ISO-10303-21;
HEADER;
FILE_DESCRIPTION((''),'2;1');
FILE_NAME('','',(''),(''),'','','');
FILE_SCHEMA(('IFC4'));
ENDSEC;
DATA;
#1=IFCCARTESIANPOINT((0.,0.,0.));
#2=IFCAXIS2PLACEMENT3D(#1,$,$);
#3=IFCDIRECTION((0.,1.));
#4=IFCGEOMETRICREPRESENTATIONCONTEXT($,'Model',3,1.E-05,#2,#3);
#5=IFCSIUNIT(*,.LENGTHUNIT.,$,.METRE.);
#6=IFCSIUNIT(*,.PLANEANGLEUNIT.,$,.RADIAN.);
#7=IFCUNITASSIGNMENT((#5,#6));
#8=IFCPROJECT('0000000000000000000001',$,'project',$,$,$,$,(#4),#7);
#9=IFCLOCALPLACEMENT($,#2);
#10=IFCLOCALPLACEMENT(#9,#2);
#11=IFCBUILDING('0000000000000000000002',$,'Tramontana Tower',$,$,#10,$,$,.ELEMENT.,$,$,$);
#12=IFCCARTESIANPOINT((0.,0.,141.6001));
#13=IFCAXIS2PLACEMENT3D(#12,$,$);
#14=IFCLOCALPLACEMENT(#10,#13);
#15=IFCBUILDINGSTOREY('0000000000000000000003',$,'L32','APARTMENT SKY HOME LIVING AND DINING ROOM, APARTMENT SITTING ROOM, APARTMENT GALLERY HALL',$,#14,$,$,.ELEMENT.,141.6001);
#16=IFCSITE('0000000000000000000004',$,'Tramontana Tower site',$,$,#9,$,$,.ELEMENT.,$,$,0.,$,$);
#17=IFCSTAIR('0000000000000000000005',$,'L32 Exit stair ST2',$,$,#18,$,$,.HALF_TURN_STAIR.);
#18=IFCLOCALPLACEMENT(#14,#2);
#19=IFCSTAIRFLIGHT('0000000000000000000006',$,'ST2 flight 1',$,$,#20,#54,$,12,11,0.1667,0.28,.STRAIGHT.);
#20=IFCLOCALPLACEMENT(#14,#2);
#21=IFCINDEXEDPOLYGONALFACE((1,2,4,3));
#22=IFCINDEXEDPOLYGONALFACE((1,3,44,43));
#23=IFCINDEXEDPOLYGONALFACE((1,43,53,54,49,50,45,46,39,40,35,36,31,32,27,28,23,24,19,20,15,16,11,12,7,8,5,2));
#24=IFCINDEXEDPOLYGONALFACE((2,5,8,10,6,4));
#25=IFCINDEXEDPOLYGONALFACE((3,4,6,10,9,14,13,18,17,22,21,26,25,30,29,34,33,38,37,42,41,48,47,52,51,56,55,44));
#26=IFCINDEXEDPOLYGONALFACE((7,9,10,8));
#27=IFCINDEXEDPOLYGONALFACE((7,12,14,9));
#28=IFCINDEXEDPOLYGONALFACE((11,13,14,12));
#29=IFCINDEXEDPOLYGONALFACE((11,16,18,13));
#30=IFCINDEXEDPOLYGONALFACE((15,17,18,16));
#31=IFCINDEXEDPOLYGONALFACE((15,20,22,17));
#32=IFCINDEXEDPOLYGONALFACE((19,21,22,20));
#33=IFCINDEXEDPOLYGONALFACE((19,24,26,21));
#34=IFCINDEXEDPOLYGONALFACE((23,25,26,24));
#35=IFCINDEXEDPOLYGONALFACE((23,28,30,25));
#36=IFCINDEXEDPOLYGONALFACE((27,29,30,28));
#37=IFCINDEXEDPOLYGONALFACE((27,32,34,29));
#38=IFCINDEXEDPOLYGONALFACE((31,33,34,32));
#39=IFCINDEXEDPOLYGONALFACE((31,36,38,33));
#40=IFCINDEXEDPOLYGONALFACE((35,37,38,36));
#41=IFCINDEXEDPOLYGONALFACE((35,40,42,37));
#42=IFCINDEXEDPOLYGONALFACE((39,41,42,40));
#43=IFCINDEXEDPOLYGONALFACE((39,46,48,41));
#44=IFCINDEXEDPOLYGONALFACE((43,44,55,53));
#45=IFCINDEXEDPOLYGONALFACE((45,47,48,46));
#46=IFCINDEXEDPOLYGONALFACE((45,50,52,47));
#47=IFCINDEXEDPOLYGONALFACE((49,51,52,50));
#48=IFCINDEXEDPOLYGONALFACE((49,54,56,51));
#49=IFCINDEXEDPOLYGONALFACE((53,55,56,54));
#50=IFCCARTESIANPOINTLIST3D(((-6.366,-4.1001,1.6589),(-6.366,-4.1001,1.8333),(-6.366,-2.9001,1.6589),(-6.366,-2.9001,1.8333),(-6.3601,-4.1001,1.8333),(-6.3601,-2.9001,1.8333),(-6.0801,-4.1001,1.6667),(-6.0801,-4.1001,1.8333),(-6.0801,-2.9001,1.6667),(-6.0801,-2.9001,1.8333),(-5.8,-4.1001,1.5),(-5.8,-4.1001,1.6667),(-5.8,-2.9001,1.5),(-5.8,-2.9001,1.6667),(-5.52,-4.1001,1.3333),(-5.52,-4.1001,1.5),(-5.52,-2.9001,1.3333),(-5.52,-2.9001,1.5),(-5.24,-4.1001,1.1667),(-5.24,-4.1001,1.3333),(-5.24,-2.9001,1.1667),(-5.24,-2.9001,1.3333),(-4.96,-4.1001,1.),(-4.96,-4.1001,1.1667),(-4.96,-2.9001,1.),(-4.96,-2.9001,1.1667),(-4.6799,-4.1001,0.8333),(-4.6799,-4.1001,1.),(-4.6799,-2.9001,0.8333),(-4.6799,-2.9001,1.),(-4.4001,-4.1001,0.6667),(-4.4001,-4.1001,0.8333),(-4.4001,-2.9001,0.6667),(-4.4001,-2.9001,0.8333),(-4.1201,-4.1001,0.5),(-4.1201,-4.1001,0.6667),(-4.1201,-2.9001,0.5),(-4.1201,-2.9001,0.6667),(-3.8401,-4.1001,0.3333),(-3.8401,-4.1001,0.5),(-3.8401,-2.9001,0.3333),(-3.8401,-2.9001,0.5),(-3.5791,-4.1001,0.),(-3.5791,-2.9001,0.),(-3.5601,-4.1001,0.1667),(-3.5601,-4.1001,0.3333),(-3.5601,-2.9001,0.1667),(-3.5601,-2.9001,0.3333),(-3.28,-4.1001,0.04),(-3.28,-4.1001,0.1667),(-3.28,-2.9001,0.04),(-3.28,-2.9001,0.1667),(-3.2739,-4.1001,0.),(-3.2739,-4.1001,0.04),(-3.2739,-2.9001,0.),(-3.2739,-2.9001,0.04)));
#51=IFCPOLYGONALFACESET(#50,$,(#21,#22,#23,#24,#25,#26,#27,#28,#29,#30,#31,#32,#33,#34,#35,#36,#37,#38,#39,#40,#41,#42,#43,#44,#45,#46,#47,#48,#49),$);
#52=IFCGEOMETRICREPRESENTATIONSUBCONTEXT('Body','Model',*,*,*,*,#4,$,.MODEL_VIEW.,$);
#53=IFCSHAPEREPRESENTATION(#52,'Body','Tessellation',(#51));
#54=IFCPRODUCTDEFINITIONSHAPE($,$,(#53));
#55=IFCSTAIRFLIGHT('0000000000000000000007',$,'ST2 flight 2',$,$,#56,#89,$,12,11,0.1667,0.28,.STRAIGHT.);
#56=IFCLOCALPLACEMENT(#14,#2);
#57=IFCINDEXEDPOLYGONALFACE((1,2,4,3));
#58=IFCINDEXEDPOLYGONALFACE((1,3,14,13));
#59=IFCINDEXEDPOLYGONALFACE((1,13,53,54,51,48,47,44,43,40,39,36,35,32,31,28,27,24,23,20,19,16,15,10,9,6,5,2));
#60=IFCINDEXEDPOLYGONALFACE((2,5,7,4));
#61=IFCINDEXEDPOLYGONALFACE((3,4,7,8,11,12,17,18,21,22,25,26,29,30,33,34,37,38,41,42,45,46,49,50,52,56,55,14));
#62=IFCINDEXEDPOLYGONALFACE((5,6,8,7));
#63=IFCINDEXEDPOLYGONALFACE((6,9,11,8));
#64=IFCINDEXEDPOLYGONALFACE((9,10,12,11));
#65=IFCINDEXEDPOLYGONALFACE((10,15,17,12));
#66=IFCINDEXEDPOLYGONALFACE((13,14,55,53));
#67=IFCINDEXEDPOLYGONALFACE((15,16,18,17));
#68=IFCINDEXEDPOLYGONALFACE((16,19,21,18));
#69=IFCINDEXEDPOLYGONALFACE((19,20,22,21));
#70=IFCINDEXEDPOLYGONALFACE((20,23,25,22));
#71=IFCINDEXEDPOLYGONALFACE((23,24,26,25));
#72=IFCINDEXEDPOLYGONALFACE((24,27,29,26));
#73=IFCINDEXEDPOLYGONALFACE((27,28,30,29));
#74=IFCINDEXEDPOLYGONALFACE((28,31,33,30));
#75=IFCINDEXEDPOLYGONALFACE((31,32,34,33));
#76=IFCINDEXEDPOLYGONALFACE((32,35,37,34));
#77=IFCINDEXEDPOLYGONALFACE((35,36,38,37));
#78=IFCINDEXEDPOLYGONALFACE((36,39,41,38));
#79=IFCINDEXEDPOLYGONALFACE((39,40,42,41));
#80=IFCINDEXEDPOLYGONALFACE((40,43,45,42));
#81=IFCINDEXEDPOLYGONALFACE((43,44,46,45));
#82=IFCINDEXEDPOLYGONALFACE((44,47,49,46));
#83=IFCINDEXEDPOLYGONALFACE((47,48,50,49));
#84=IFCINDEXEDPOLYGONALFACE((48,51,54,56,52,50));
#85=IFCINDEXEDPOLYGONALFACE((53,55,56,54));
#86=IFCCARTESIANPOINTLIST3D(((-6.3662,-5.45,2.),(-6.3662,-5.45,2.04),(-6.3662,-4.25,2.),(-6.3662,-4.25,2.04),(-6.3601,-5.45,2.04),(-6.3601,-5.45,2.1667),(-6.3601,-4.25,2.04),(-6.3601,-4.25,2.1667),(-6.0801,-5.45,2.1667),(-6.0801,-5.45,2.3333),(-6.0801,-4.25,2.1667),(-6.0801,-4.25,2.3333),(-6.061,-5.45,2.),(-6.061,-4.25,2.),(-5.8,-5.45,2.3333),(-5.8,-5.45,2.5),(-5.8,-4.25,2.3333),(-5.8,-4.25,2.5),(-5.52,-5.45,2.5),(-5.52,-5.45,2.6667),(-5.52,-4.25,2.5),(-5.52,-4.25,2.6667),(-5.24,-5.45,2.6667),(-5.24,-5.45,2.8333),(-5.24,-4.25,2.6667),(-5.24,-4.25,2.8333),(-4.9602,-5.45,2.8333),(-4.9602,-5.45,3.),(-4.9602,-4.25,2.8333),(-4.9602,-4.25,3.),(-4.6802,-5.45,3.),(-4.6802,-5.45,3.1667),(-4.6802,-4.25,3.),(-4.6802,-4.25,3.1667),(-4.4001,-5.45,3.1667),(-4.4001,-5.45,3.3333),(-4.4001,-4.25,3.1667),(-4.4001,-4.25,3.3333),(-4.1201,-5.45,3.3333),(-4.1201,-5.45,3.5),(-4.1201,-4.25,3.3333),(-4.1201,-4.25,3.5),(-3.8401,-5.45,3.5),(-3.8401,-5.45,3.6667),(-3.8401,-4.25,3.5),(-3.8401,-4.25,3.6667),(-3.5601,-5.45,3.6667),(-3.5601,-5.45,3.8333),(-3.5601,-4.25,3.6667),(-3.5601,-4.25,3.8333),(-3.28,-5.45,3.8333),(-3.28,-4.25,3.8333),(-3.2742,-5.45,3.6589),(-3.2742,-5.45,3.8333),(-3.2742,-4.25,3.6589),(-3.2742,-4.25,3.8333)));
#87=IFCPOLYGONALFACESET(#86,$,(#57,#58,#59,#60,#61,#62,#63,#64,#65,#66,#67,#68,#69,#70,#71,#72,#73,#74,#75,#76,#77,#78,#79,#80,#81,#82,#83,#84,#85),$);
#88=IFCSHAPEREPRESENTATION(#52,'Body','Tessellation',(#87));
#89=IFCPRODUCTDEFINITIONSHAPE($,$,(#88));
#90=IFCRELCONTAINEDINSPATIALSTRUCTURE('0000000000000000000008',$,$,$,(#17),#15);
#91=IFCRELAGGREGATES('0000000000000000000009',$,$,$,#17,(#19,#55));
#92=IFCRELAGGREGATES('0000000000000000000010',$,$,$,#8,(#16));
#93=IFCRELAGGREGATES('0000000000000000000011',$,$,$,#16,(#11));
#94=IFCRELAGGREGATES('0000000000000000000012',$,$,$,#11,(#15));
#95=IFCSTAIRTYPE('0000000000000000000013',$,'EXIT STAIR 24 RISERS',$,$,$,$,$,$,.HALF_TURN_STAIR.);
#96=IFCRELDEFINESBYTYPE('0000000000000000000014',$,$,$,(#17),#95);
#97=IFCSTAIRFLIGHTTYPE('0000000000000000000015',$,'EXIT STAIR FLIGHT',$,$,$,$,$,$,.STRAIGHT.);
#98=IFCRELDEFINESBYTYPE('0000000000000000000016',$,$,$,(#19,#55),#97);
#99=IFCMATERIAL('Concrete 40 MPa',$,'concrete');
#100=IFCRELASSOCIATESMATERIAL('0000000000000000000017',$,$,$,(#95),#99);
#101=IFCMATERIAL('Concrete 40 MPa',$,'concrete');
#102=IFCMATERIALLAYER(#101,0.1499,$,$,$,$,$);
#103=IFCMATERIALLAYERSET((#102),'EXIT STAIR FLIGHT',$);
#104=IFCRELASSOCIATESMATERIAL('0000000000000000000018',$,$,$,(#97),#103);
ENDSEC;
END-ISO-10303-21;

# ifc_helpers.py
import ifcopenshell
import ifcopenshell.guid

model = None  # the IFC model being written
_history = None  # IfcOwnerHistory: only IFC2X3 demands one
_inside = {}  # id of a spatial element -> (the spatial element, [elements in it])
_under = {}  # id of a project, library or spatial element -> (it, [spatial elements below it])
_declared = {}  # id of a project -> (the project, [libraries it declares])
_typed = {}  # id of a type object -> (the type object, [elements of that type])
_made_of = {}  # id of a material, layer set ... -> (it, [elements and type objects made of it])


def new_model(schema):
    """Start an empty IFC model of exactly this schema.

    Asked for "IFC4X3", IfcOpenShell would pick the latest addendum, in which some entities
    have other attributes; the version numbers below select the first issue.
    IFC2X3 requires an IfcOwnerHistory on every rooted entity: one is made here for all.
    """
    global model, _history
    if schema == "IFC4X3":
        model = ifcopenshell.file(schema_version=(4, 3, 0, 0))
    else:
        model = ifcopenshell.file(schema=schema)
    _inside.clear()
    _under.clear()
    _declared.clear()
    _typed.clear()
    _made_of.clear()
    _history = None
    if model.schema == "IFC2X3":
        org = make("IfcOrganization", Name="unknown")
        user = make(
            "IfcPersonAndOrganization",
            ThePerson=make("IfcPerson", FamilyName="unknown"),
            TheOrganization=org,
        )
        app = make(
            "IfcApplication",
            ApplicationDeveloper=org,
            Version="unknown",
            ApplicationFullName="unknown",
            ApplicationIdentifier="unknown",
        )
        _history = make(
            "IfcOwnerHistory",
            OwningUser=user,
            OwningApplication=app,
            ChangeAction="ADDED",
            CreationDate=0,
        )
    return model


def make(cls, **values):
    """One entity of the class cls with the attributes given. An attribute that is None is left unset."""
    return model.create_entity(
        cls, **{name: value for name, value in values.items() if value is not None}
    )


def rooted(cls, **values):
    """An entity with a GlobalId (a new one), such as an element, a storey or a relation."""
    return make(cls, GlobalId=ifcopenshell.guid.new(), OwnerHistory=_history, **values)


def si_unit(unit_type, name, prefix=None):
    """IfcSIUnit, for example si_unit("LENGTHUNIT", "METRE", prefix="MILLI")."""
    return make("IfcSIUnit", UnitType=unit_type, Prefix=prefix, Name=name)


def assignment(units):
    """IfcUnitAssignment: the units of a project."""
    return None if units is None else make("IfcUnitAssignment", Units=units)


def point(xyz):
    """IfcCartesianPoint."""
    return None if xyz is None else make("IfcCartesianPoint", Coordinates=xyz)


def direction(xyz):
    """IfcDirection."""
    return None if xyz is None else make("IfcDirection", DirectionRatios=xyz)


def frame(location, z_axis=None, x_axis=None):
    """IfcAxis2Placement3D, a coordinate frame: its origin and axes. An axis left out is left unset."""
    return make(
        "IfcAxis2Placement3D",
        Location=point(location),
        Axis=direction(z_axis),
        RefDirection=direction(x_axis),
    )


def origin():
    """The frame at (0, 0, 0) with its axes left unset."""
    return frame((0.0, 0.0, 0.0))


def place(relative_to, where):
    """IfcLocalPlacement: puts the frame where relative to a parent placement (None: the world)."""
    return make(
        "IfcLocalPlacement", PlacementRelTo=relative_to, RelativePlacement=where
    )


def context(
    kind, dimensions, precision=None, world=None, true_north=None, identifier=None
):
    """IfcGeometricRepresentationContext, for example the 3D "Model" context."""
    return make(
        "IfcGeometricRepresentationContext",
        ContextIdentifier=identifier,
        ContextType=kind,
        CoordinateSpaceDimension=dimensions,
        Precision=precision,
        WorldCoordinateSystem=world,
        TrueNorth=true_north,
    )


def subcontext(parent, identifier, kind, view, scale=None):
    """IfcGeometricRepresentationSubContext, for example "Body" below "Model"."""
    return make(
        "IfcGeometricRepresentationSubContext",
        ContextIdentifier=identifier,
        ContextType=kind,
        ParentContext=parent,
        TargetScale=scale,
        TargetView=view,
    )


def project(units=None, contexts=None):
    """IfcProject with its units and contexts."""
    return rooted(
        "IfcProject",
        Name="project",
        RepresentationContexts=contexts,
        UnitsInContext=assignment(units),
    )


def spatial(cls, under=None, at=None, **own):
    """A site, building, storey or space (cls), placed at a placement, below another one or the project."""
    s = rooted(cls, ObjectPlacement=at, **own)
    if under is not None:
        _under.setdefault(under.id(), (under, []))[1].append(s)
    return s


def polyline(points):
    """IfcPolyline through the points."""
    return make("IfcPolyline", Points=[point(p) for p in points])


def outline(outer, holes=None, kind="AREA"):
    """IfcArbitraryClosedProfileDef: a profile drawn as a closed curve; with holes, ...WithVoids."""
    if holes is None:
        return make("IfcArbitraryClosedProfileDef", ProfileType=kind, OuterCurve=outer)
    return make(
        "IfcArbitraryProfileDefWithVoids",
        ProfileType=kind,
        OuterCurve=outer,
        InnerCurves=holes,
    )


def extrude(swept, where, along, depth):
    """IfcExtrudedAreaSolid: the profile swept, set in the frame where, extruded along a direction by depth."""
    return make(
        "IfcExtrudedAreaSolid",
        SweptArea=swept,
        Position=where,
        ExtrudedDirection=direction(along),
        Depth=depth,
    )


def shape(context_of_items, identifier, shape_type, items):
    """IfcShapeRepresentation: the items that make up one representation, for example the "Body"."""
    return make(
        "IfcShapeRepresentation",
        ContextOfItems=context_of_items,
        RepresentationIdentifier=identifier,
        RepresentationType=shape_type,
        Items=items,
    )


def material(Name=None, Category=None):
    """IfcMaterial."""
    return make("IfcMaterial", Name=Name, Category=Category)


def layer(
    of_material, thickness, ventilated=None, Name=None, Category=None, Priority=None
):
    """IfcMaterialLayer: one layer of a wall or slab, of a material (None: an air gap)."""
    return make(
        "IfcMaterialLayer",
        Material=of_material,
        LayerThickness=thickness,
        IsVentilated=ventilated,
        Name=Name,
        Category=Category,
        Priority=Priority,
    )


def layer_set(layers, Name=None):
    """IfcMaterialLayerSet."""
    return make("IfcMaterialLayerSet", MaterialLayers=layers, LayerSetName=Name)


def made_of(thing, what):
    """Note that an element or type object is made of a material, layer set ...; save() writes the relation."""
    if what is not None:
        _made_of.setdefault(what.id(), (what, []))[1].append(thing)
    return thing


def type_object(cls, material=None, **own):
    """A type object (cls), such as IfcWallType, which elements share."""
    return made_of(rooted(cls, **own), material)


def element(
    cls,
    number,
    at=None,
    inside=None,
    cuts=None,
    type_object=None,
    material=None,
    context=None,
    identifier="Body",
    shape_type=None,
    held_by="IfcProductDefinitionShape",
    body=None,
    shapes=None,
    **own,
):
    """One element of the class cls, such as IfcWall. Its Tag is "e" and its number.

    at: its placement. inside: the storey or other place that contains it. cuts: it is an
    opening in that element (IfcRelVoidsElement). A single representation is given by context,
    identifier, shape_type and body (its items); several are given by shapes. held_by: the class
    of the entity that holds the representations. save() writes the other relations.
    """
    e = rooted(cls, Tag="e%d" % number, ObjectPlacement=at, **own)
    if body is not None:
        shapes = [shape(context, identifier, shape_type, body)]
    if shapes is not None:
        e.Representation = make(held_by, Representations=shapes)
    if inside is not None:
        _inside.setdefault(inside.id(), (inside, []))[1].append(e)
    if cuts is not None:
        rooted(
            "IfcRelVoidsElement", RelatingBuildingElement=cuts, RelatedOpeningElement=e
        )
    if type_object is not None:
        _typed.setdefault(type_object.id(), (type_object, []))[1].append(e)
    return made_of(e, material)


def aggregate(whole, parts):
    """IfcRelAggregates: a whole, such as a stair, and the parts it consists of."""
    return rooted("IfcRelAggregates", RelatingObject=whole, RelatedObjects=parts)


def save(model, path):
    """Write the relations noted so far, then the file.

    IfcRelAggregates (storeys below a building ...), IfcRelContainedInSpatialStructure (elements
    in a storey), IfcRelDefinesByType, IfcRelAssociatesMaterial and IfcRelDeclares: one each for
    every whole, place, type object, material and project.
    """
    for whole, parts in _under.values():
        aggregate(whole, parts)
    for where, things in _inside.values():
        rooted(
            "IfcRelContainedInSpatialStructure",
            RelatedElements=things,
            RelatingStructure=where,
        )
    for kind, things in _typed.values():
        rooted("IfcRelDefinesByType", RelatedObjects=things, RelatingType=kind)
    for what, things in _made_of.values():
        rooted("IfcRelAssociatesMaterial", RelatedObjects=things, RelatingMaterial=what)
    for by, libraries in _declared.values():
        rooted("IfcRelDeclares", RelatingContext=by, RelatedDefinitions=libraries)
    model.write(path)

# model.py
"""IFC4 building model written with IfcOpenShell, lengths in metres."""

from ifc_helpers import new_model, si_unit, direction, frame, origin, place, context, subcontext, project, spatial, polyline, outline, extrude, material, layer, layer_set, type_object, element, aggregate, save


model = new_model("IFC4")

# Units and contexts
model_context = context("Model", 3, precision=1e-05, world=origin(), true_north=direction((0.0, 1.0)))
body_context = subcontext(model_context, "Body", "Model", "MODEL_VIEW")
ifc_project = project(units=[si_unit("LENGTHUNIT", "METRE"), si_unit("PLANEANGLEUNIT", "RADIAN")], contexts=[model_context])

# Site, building, storey
site_placement = place(None, origin())
site = spatial("IfcSite", under=ifc_project, at=site_placement, Name="Tramontana Tower site", CompositionType="ELEMENT", RefElevation=0.0)
building_placement = place(site_placement, origin())
building = spatial("IfcBuilding", under=site, at=building_placement, Name="Tramontana Tower", CompositionType="ELEMENT")
storey_placement = place(building_placement, frame((0.0, 0.0, 141.6001)))
storey = spatial("IfcBuildingStorey", under=building, at=storey_placement, Name="L32", Description="APARTMENT SKY HOME LIVING AND DINING ROOM, APARTMENT SITTING ROOM, APARTMENT GALLERY HALL", CompositionType="ELEMENT", Elevation=141.6001)

# Stair, stair flights
ifc_material_1 = material(Name="Concrete 40 MPa", Category="concrete")
stair_type = type_object("IfcStairType", Name="EXIT STAIR 24 RISERS", PredefinedType="HALF_TURN_STAIR", material=ifc_material_1)
stair_placement = place(storey_placement, origin())
stair = element("IfcStair", 1, at=stair_placement, inside=storey, type_object=stair_type, Name="L32 Exit stair ST2", PredefinedType="HALF_TURN_STAIR")
ifc_material_2 = material(Name="Concrete 40 MPa", Category="concrete")
ifc_layer_1 = layer(ifc_material_2, 0.1499)
ifc_layer_set_1 = layer_set([ifc_layer_1], Name="EXIT STAIR FLIGHT")
stair_flight_type = type_object("IfcStairFlightType", Name="EXIT STAIR FLIGHT", PredefinedType="STRAIGHT", material=ifc_layer_set_1)
stair_flight_1_placement = place(storey_placement, frame((-3.28, -3.5, 0.0), z_axis=(0.0, 0.0, 1.0), x_axis=(-1.0, 0.0, 0.0)))
stair_flight_1 = element("IfcStairFlight", 2, at=stair_flight_1_placement, type_object=stair_flight_type, Name="ST2 flight 1", NumberOfRisers=12, NumberOfTreads=11, PredefinedType="STRAIGHT", RiserHeight=0.1667, TreadLength=0.28, context=body_context, shape_type="SweptSolid", body=[
    extrude(outline(polyline([(-0.0061, 0.0), (-0.0061, 0.04), (0.0, 0.04), (0.0, 0.1667), (0.28, 0.1667), (0.28, 0.3333), (0.5601, 0.3333), (0.5601, 0.5), (0.8401, 0.5), (0.8401, 0.6667), (1.1201, 0.6667), (1.1201, 0.8333), (1.3999, 0.8333), (1.3999, 1.0), (1.6799, 1.0), (1.6799, 1.1667), (1.96, 1.1667), (1.96, 1.3333), (2.24, 1.3333), (2.24, 1.5), (2.52, 1.5), (2.52, 1.6667), (2.8, 1.6667), (2.8, 1.8333), (3.0801, 1.8333), (3.0859, 1.8333), (3.0859, 1.6589), (0.2991, 0.0), (-0.0061, 0.0)])), frame((0.0, 0.6001, 0.0), z_axis=(0.0, -1.0, 0.0), x_axis=(1.0, 0.0, 0.0)), (0.0, 0.0, 1.0), 1.2),
])
stair_flight_2_placement = place(storey_placement, frame((-6.3601, -4.8501, 2.0), z_axis=(0.0, 0.0, 1.0), x_axis=(1.0, 0.0, 0.0)))
stair_flight_2 = element("IfcStairFlight", 3, at=stair_flight_2_placement, type_object=stair_flight_type, Name="ST2 flight 2", NumberOfRisers=12, NumberOfTreads=11, PredefinedType="STRAIGHT", RiserHeight=0.1667, TreadLength=0.28, context=body_context, shape_type="SweptSolid", body=[
    extrude(outline(polyline([(-0.0061, 0.0), (-0.0061, 0.04), (0.0, 0.04), (0.0, 0.1667), (0.28, 0.1667), (0.28, 0.3333), (0.5601, 0.3333), (0.5601, 0.5), (0.8401, 0.5), (0.8401, 0.6667), (1.1201, 0.6667), (1.1201, 0.8333), (1.3999, 0.8333), (1.3999, 1.0), (1.6799, 1.0), (1.6799, 1.1667), (1.96, 1.1667), (1.96, 1.3333), (2.24, 1.3333), (2.24, 1.5), (2.52, 1.5), (2.52, 1.6667), (2.8, 1.6667), (2.8, 1.8333), (3.0801, 1.8333), (3.0859, 1.8333), (3.0859, 1.6589), (0.2991, 0.0), (-0.0061, 0.0)])), frame((0.0, 0.6001, 0.0), z_axis=(0.0, -1.0, 0.0), x_axis=(1.0, 0.0, 0.0)), (0.0, 0.0, 1.0), 1.2),
])
aggregate(stair, [stair_flight_1, stair_flight_2])

save(model, "model.ifc")
